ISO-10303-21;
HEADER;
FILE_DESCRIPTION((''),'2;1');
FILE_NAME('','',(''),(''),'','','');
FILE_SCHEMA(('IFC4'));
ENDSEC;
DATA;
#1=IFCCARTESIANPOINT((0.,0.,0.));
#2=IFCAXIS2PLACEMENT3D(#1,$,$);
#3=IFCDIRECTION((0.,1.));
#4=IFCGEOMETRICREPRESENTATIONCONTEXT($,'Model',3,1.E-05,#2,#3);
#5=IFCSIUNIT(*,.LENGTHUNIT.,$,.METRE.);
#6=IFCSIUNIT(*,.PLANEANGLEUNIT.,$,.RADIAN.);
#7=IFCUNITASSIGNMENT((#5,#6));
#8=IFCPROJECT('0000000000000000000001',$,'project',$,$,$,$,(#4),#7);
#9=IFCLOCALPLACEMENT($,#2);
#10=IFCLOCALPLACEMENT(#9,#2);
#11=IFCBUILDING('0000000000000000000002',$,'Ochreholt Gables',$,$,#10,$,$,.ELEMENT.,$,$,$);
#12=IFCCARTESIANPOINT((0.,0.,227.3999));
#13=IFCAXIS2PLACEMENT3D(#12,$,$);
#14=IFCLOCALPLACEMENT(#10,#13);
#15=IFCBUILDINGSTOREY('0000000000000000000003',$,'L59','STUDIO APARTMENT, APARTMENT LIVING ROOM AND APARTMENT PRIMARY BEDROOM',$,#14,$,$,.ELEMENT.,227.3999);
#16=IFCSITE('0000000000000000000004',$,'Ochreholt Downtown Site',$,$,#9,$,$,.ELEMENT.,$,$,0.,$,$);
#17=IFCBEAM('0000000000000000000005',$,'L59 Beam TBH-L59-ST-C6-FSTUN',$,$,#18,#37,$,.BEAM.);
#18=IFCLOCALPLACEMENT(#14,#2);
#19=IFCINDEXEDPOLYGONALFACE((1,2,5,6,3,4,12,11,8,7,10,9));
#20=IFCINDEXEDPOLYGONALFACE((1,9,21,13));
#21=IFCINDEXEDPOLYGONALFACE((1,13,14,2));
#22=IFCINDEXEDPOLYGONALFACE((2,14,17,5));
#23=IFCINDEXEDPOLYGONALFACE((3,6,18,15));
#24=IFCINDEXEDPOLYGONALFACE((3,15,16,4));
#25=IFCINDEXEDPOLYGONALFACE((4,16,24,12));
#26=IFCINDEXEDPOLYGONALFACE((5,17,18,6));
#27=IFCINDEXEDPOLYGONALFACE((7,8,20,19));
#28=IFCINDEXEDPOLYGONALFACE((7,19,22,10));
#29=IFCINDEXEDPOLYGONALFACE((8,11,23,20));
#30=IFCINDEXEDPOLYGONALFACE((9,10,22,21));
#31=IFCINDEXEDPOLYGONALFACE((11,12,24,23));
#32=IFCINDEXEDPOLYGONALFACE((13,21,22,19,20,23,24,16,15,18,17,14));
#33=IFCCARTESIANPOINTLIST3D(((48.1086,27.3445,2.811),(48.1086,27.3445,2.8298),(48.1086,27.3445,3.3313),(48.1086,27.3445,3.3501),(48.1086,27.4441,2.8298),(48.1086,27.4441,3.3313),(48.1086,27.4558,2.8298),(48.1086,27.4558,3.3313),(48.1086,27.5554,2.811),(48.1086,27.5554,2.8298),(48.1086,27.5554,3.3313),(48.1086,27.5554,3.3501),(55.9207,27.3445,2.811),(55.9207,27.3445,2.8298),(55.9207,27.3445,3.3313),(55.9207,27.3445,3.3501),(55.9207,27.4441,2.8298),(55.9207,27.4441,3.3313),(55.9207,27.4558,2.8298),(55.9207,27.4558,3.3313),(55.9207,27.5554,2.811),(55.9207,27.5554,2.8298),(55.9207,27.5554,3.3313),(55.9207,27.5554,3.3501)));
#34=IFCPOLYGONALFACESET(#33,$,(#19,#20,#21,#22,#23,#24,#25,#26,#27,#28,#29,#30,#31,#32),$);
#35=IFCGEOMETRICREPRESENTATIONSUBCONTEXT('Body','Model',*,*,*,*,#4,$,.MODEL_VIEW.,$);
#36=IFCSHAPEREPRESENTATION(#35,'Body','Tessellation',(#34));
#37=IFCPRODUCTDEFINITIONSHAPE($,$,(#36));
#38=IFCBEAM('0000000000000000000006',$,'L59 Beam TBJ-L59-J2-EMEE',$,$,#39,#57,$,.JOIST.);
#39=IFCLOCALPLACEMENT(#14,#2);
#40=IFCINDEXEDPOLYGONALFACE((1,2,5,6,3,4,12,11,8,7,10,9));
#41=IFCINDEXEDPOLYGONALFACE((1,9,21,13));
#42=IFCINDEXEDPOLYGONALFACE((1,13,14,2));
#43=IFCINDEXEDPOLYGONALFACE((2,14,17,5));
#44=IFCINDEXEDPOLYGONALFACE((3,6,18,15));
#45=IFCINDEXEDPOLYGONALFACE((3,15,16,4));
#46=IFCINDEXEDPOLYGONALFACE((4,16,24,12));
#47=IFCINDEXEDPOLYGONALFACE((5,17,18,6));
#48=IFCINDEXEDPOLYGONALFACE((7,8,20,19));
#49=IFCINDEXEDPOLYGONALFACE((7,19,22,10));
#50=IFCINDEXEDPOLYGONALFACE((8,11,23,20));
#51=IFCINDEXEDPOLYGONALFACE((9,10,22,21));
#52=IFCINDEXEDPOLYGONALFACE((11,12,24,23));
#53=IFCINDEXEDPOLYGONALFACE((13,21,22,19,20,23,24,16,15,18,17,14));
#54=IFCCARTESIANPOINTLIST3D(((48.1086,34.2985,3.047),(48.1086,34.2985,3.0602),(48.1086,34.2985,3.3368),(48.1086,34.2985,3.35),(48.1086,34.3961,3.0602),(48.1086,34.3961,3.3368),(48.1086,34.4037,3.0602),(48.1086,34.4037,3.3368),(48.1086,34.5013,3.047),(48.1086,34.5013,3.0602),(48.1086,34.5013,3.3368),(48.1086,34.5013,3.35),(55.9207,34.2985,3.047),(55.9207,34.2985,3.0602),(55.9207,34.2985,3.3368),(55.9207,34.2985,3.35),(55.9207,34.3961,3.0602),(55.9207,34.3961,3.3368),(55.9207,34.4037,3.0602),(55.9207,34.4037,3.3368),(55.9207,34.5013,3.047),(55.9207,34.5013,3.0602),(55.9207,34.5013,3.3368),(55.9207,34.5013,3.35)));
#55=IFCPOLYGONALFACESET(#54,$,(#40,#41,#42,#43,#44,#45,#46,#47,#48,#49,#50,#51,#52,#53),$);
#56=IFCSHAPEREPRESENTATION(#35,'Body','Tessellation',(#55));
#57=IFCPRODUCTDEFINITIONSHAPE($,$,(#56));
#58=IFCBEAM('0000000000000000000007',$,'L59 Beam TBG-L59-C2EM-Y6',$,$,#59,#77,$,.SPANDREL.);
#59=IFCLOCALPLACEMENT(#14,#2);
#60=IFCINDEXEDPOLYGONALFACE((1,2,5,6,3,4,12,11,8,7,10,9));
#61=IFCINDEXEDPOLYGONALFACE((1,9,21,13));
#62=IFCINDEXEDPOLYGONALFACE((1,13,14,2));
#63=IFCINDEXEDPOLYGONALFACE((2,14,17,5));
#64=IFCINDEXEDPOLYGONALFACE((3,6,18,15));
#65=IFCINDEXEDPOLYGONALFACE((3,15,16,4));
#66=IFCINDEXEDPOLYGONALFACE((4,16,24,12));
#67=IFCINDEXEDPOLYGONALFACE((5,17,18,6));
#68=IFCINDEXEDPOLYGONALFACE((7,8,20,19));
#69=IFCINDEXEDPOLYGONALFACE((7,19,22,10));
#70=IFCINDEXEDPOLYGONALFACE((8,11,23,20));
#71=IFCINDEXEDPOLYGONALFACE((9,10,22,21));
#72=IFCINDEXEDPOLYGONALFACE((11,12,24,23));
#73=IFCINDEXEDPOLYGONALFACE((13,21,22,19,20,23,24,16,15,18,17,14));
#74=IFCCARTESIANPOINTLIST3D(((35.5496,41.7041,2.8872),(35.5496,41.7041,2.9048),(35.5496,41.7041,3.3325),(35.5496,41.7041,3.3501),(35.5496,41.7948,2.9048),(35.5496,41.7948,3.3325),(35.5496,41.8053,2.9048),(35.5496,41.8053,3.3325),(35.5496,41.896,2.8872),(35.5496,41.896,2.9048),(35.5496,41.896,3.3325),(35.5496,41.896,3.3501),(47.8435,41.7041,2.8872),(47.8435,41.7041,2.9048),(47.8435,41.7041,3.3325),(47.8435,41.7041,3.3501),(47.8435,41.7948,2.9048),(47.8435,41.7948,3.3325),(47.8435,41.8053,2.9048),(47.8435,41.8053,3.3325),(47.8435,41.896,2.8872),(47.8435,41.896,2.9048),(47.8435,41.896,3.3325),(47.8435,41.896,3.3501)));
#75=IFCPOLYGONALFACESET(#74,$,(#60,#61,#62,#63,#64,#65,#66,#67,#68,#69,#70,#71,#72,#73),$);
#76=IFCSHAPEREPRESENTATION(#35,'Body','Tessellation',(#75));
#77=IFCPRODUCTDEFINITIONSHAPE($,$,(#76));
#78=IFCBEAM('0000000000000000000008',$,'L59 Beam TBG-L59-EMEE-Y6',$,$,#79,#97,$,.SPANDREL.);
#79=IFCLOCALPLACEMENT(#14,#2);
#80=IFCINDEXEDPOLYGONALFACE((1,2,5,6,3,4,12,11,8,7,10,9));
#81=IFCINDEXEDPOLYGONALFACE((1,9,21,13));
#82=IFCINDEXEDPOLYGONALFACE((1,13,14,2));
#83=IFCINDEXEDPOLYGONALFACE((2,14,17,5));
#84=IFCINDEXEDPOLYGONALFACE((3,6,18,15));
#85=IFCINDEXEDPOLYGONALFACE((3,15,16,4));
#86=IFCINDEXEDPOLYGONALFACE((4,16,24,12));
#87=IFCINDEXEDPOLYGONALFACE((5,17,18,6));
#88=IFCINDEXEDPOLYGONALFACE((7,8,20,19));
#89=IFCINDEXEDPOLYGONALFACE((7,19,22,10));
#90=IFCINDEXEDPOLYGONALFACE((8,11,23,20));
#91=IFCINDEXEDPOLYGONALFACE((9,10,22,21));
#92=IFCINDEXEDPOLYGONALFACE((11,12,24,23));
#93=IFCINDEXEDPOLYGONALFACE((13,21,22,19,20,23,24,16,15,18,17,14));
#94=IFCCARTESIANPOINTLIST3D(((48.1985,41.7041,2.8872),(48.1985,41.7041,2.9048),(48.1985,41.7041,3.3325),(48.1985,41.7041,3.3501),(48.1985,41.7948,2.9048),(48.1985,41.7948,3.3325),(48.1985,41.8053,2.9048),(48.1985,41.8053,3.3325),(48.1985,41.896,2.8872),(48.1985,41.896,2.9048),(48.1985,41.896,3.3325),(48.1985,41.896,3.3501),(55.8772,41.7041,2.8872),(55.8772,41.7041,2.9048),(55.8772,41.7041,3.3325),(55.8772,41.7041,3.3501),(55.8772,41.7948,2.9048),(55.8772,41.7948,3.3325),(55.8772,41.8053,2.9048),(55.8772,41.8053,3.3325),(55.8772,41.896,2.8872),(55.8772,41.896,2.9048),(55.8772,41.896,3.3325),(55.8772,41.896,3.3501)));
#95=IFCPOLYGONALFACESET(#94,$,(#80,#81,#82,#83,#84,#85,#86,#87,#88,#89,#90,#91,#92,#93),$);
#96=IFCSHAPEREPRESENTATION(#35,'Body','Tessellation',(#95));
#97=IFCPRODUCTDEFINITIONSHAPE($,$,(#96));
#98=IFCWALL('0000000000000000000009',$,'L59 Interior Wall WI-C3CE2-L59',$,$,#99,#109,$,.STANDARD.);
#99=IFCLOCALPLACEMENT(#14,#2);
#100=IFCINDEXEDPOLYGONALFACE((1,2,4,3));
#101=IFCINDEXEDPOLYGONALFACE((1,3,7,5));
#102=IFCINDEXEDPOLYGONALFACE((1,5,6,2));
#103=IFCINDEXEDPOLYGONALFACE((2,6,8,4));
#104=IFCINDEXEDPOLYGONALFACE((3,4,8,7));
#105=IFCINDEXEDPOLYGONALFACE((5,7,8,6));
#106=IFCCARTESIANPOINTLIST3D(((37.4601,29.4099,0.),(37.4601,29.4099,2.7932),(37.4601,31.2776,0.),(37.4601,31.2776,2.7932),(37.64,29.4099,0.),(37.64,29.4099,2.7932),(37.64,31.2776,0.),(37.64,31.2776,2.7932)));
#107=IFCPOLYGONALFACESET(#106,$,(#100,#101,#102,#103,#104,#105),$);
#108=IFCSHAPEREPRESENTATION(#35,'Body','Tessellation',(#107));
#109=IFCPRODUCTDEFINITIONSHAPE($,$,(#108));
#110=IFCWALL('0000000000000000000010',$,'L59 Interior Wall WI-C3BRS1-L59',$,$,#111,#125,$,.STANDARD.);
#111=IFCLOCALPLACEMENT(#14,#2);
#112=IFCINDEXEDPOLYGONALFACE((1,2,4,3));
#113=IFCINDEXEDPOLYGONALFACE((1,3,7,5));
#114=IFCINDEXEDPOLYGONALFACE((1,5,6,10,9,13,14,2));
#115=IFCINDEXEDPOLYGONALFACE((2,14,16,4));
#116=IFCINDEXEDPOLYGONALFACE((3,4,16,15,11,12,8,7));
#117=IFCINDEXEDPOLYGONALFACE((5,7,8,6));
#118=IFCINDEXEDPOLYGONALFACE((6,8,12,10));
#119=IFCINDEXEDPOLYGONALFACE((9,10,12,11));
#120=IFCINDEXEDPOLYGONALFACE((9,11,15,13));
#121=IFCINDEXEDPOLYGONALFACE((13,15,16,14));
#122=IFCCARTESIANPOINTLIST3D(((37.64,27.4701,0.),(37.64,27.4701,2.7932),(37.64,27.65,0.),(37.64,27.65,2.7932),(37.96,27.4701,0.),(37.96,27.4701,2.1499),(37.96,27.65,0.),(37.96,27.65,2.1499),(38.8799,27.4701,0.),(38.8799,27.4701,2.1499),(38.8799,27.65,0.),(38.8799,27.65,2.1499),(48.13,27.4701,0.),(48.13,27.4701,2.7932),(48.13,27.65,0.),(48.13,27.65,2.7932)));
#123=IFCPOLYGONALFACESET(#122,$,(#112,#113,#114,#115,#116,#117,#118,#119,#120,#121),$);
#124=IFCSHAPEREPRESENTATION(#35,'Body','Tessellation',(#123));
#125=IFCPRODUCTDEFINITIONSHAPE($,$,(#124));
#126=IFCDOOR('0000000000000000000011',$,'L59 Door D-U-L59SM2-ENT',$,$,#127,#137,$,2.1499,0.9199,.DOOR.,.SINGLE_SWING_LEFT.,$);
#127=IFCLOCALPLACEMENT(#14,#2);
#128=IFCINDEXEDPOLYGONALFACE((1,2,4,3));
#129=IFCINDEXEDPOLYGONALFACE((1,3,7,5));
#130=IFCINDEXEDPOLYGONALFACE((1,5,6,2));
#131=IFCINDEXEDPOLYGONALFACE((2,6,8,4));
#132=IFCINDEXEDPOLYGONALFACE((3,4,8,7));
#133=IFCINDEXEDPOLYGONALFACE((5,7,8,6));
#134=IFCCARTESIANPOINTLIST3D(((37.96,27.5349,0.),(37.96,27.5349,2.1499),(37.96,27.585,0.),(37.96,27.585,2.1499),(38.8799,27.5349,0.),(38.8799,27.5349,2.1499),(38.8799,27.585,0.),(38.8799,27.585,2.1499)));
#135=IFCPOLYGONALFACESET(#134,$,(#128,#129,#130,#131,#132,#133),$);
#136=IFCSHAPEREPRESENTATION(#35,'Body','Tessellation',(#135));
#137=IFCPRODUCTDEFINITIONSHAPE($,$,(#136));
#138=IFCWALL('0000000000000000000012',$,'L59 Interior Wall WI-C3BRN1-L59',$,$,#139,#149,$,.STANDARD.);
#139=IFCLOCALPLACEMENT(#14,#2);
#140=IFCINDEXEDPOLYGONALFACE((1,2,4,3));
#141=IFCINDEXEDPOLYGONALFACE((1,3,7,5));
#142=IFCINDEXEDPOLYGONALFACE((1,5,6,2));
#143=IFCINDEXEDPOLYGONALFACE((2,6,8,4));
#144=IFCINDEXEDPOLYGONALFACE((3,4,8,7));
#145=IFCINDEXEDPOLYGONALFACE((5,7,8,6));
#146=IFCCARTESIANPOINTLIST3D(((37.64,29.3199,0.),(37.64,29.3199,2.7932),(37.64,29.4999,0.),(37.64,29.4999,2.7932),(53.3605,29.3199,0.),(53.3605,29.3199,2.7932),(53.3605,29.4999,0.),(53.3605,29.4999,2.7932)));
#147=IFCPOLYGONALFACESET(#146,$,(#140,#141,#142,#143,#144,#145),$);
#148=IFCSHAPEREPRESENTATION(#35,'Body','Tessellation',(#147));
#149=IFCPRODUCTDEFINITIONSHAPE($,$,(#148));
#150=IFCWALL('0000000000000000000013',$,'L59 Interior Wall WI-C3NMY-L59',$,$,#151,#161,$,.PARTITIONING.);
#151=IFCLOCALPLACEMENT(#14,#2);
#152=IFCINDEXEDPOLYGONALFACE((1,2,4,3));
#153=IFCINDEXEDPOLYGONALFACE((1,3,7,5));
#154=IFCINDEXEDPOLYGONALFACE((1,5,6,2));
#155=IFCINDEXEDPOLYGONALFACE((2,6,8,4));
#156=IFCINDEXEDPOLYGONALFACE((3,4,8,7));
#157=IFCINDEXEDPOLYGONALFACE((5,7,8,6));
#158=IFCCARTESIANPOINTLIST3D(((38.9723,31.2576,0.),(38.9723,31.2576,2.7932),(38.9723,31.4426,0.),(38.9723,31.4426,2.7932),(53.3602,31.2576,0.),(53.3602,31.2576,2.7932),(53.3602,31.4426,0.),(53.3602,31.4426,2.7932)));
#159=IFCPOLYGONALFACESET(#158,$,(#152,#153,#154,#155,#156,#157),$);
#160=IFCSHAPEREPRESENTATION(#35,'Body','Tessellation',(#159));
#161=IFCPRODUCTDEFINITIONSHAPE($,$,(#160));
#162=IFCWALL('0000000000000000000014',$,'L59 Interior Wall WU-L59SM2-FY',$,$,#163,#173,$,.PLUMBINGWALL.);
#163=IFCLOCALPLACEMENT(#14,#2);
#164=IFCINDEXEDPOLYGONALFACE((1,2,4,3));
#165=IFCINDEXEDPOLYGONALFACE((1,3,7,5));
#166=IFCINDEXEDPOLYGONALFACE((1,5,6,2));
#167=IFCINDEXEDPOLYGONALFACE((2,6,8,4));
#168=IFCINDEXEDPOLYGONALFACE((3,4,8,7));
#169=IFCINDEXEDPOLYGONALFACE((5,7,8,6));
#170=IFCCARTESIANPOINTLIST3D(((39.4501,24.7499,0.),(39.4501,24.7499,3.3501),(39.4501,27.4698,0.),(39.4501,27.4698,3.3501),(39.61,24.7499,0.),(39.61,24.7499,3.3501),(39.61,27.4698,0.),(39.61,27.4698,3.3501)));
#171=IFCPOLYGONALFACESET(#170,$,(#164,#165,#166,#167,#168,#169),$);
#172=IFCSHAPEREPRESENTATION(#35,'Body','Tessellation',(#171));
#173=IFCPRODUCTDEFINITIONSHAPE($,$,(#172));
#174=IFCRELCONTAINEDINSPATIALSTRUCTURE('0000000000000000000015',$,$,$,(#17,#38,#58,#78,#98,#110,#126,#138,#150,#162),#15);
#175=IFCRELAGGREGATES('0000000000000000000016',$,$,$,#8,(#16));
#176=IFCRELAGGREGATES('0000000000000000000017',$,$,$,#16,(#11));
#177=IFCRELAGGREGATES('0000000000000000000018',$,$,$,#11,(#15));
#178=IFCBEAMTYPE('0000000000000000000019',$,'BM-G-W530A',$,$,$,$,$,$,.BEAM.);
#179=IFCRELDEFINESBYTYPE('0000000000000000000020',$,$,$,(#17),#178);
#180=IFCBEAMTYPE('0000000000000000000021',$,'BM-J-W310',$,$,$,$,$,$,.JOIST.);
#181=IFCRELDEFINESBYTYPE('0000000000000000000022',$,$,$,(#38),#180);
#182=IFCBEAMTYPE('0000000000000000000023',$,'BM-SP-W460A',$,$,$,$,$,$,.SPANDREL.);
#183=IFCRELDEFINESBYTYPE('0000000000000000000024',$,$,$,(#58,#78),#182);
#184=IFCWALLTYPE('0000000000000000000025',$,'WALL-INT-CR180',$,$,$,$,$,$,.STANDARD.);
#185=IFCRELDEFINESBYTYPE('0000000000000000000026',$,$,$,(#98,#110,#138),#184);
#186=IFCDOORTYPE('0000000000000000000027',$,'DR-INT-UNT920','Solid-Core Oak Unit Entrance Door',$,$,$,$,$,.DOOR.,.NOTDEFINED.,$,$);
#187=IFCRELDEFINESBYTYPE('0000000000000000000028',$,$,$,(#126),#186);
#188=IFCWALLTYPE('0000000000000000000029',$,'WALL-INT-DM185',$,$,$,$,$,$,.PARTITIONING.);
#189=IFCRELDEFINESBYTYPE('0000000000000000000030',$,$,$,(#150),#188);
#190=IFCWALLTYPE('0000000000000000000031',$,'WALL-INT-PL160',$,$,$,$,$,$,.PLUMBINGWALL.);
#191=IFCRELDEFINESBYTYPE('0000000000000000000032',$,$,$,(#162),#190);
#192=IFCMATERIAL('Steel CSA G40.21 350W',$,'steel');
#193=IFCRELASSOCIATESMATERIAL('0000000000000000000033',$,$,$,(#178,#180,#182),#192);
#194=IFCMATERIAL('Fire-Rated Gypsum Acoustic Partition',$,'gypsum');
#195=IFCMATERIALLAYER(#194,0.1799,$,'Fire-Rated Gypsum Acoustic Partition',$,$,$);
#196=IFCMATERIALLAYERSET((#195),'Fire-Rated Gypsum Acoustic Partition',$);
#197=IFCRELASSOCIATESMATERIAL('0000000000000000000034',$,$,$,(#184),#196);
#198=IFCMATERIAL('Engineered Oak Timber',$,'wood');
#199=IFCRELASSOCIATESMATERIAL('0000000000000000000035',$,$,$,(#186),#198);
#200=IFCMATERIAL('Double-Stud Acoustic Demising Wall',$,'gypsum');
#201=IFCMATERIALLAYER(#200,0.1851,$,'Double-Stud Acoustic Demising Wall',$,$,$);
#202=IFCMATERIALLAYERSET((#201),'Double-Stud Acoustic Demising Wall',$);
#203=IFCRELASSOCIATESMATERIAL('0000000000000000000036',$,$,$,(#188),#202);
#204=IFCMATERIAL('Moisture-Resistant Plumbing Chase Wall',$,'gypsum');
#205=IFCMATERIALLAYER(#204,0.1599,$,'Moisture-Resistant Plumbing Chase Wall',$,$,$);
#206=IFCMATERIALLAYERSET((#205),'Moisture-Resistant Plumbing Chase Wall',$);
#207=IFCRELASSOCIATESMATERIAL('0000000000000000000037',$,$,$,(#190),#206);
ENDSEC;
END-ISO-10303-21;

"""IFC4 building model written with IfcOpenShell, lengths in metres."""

from ifc_helpers import new_model, si_unit, direction, frame, frame_2d, origin, origin_2d, place, context, subcontext, project, spatial, rectangle, i_section, extrude, material, layer, layer_set, material_profile, profile_set, type_object, element, fill, save


model = new_model("IFC4")

# Units and contexts
model_context = context("Model", 3, precision=1e-05, world=origin(), true_north=direction((0.0, 1.0)))
body_context = subcontext(model_context, "Body", "Model", "MODEL_VIEW")
ifc_project = project(units=[si_unit("LENGTHUNIT", "METRE"), si_unit("PLANEANGLEUNIT", "RADIAN")], contexts=[model_context])

# Site, building, storey
site_placement = place(None, origin())
site = spatial("IfcSite", under=ifc_project, at=site_placement, Name="Ochreholt Downtown Site", CompositionType="ELEMENT", RefElevation=0.0)
building_placement = place(site_placement, origin())
building = spatial("IfcBuilding", under=site, at=building_placement, Name="Ochreholt Gables", CompositionType="ELEMENT")
storey_placement = place(building_placement, frame((0.0, 0.0, 227.3999)))
storey = spatial("IfcBuildingStorey", under=building, at=storey_placement, Name="L59", Description="STUDIO APARTMENT, APARTMENT LIVING ROOM AND APARTMENT PRIMARY BEDROOM", CompositionType="ELEMENT", Elevation=227.3999)

# Shared definitions
ifc_material_1 = material(Name="Steel CSA G40.21 350W", Category="steel")

# Beams
ifc_material_profile_1 = material_profile(ifc_material_1, i_section(OverallWidth=0.2109, OverallDepth=0.5391, WebThickness=0.0117, FlangeThickness=0.0188, at=origin_2d()), Name="W530X109")
ifc_profile_set_1 = profile_set([ifc_material_profile_1], Name="Steel CSA G40.21 350W")
beam_type_1 = type_object("IfcBeamType", Name="BM-G-W530A", PredefinedType="BEAM", material=ifc_profile_set_1)
beam_1_placement = place(storey_placement, frame((48.1086, 27.45, 3.0806), z_axis=(1.0, 0.0, 0.0), x_axis=(0.0, 1.0, 0.0)))
element("IfcBeam", 1, at=beam_1_placement, inside=storey, type_object=beam_type_1, Name="L59 Beam TBH-L59-ST-C6-FSTUN", PredefinedType="BEAM", context=body_context, shape_type="SweptSolid", body=[
    extrude(i_section(OverallWidth=0.2109, OverallDepth=0.5391, WebThickness=0.0117, FlangeThickness=0.0188, at=origin_2d()), origin(), (0.0, 0.0, 1.0), 7.812),
])
ifc_material_profile_2 = material_profile(ifc_material_1, i_section(OverallWidth=0.2029, OverallDepth=0.303, WebThickness=0.0076, FlangeThickness=0.0132, at=origin_2d()), Name="W310X60")
ifc_profile_set_2 = profile_set([ifc_material_profile_2], Name="Steel CSA G40.21 350W")
beam_type_2 = type_object("IfcBeamType", Name="BM-J-W310", PredefinedType="JOIST", material=ifc_profile_set_2)
beam_2_placement = place(storey_placement, frame((48.1086, 34.3999, 3.1985), z_axis=(1.0, 0.0, 0.0), x_axis=(0.0, 1.0, 0.0)))
element("IfcBeam", 2, at=beam_2_placement, inside=storey, type_object=beam_type_2, Name="L59 Beam TBJ-L59-J2-EMEE", PredefinedType="JOIST", context=body_context, shape_type="SweptSolid", body=[
    extrude(i_section(OverallWidth=0.2029, OverallDepth=0.303, WebThickness=0.0076, FlangeThickness=0.0132, at=origin_2d()), origin(), (0.0, 0.0, 1.0), 7.812),
])
ifc_material_profile_3 = material_profile(ifc_material_1, i_section(OverallWidth=0.1919, OverallDepth=0.4629, WebThickness=0.0105, FlangeThickness=0.0176, at=origin_2d()), Name="W460X89")
ifc_profile_set_3 = profile_set([ifc_material_profile_3], Name="Steel CSA G40.21 350W")
beam_type_3 = type_object("IfcBeamType", Name="BM-SP-W460A", PredefinedType="SPANDREL", material=ifc_profile_set_3)
beam_3_placement = place(storey_placement, frame((35.5496, 41.8, 3.1187), z_axis=(1.0, 0.0, 0.0), x_axis=(0.0, 1.0, 0.0)))
element("IfcBeam", 3, at=beam_3_placement, inside=storey, type_object=beam_type_3, Name="L59 Beam TBG-L59-C2EM-Y6", PredefinedType="SPANDREL", context=body_context, shape_type="SweptSolid", body=[
    extrude(i_section(OverallWidth=0.1919, OverallDepth=0.4629, WebThickness=0.0105, FlangeThickness=0.0176, at=origin_2d()), origin(), (0.0, 0.0, 1.0), 12.2939),
])
beam_4_placement = place(storey_placement, frame((48.1985, 41.8, 3.1187), z_axis=(1.0, 0.0, 0.0), x_axis=(0.0, 1.0, 0.0)))
element("IfcBeam", 4, at=beam_4_placement, inside=storey, type_object=beam_type_3, Name="L59 Beam TBG-L59-EMEE-Y6", PredefinedType="SPANDREL", context=body_context, shape_type="SweptSolid", body=[
    extrude(i_section(OverallWidth=0.1919, OverallDepth=0.4629, WebThickness=0.0105, FlangeThickness=0.0176, at=origin_2d()), origin(), (0.0, 0.0, 1.0), 7.6787),
])

# Wall
ifc_material_2 = material(Name="Fire-Rated Gypsum Acoustic Partition", Category="gypsum")
ifc_layer_1 = layer(ifc_material_2, 0.1799, Name="Fire-Rated Gypsum Acoustic Partition")
ifc_layer_set_1 = layer_set([ifc_layer_1], Name="Fire-Rated Gypsum Acoustic Partition")
wall_type_1 = type_object("IfcWallType", Name="WALL-INT-CR180", PredefinedType="STANDARD", material=ifc_layer_set_1)
wall_1_placement = place(storey_placement, frame((37.55, 29.4099, 0.0), z_axis=(0.0, 0.0, 1.0), x_axis=(0.0, 1.0, 0.0)))
element("IfcWall", 5, at=wall_1_placement, inside=storey, type_object=wall_type_1, Name="L59 Interior Wall WI-C3CE2-L59", PredefinedType="STANDARD", context=body_context, shape_type="SweptSolid", body=[
    extrude(rectangle(XDim=1.8677, YDim=0.1799, at=frame_2d((0.9338, 0.0))), origin(), (0.0, 0.0, 1.0), 2.7932),
])

# Wall, opening, door
wall_2_placement = place(storey_placement, frame((37.6399, 27.5601, 0.0), z_axis=(0.0, 0.0, 1.0), x_axis=(1.0, 0.0, 0.0)))
wall_2 = element("IfcWall", 6, at=wall_2_placement, inside=storey, type_object=wall_type_1, Name="L59 Interior Wall WI-C3BRS1-L59", PredefinedType="STANDARD", context=body_context, shape_type="SweptSolid", body=[
    extrude(rectangle(XDim=10.49, YDim=0.1799, at=frame_2d((5.2451, 0.0))), origin(), (0.0, 0.0, 1.0), 2.7932),
])
opening_1_placement = place(wall_2_placement, frame((0.3201, 0.0, 0.0)))
opening_1 = element("IfcOpeningElement", 7, at=opening_1_placement, cuts=wall_2, PredefinedType="OPENING", context=body_context, shape_type="SweptSolid", body=[
    extrude(rectangle(XDim=0.9199, YDim=2.1499, at=frame_2d((0.46, 1.075))), frame((0.0, 0.0999, 0.0), z_axis=(0.0, -1.0, 0.0), x_axis=(1.0, 0.0, 0.0)), (0.0, 0.0, 1.0), 0.2),
])
ifc_material_3 = material(Name="Engineered Oak Timber", Category="wood")
door_type_1 = type_object("IfcDoorType", Name="DR-INT-UNT920", Description="Solid-Core Oak Unit Entrance Door", OperationType="NOTDEFINED", PredefinedType="DOOR", material=ifc_material_3)
door_1_placement = place(opening_1_placement, origin())
door_1 = element("IfcDoor", 8, at=door_1_placement, inside=storey, type_object=door_type_1, Name="L59 Door D-U-L59SM2-ENT", OperationType="SINGLE_SWING_LEFT", OverallHeight=2.1499, OverallWidth=0.9199, PredefinedType="DOOR", context=body_context, shape_type="SweptSolid", body=[
    extrude(rectangle(XDim=0.9199, YDim=2.1499, at=frame_2d((0.46, 1.075))), frame((0.0, 0.0249, 0.0), z_axis=(0.0, -1.0, 0.0), x_axis=(1.0, 0.0, 0.0)), (0.0, 0.0, 1.0), 0.05),
])
fill(opening_1, door_1)

# Walls
wall_3_placement = place(storey_placement, frame((37.6399, 29.4099, 0.0), z_axis=(0.0, 0.0, 1.0), x_axis=(1.0, 0.0, 0.0)))
element("IfcWall", 9, at=wall_3_placement, inside=storey, type_object=wall_type_1, Name="L59 Interior Wall WI-C3BRN1-L59", PredefinedType="STANDARD", context=body_context, shape_type="SweptSolid", body=[
    extrude(rectangle(XDim=15.7205, YDim=0.1799, at=frame_2d((7.8604, 0.0))), origin(), (0.0, 0.0, 1.0), 2.7932),
])
ifc_material_4 = material(Name="Double-Stud Acoustic Demising Wall", Category="gypsum")
ifc_layer_2 = layer(ifc_material_4, 0.1851, Name="Double-Stud Acoustic Demising Wall")
ifc_layer_set_2 = layer_set([ifc_layer_2], Name="Double-Stud Acoustic Demising Wall")
wall_type_2 = type_object("IfcWallType", Name="WALL-INT-DM185", PredefinedType="PARTITIONING", material=ifc_layer_set_2)
wall_4_placement = place(storey_placement, frame((38.9724, 31.3501, 0.0), z_axis=(0.0, 0.0, 1.0), x_axis=(1.0, 0.0, 0.0)))
element("IfcWall", 10, at=wall_4_placement, inside=storey, type_object=wall_type_2, Name="L59 Interior Wall WI-C3NMY-L59", PredefinedType="PARTITIONING", context=body_context, shape_type="SweptSolid", body=[
    extrude(rectangle(XDim=14.3879, YDim=0.1851, at=frame_2d((7.1938, 0.0))), origin(), (0.0, 0.0, 1.0), 2.7932),
])

# Shared definitions
ifc_material_5 = material(Name="Moisture-Resistant Plumbing Chase Wall", Category="gypsum")
ifc_layer_3 = layer(ifc_material_5, 0.1599, Name="Moisture-Resistant Plumbing Chase Wall")
ifc_layer_set_3 = layer_set([ifc_layer_3], Name="Moisture-Resistant Plumbing Chase Wall")
wall_type_3 = type_object("IfcWallType", Name="WALL-INT-PL160", PredefinedType="PLUMBINGWALL", material=ifc_layer_set_3)

# Wall
wall_5_placement = place(storey_placement, frame((39.53, 24.75, 0.0), z_axis=(0.0, 0.0, 1.0), x_axis=(0.0, 1.0, 0.0)))
element("IfcWall", 11, at=wall_5_placement, inside=storey, type_object=wall_type_3, Name="L59 Interior Wall WU-L59SM2-FY", PredefinedType="PLUMBINGWALL", context=body_context, shape_type="SweptSolid", body=[
    extrude(rectangle(XDim=2.72, YDim=0.1599, at=frame_2d((1.3599, 0.0))), origin(), (0.0, 0.0, 1.0), 3.3501),
])

save(model, "model.ifc")
